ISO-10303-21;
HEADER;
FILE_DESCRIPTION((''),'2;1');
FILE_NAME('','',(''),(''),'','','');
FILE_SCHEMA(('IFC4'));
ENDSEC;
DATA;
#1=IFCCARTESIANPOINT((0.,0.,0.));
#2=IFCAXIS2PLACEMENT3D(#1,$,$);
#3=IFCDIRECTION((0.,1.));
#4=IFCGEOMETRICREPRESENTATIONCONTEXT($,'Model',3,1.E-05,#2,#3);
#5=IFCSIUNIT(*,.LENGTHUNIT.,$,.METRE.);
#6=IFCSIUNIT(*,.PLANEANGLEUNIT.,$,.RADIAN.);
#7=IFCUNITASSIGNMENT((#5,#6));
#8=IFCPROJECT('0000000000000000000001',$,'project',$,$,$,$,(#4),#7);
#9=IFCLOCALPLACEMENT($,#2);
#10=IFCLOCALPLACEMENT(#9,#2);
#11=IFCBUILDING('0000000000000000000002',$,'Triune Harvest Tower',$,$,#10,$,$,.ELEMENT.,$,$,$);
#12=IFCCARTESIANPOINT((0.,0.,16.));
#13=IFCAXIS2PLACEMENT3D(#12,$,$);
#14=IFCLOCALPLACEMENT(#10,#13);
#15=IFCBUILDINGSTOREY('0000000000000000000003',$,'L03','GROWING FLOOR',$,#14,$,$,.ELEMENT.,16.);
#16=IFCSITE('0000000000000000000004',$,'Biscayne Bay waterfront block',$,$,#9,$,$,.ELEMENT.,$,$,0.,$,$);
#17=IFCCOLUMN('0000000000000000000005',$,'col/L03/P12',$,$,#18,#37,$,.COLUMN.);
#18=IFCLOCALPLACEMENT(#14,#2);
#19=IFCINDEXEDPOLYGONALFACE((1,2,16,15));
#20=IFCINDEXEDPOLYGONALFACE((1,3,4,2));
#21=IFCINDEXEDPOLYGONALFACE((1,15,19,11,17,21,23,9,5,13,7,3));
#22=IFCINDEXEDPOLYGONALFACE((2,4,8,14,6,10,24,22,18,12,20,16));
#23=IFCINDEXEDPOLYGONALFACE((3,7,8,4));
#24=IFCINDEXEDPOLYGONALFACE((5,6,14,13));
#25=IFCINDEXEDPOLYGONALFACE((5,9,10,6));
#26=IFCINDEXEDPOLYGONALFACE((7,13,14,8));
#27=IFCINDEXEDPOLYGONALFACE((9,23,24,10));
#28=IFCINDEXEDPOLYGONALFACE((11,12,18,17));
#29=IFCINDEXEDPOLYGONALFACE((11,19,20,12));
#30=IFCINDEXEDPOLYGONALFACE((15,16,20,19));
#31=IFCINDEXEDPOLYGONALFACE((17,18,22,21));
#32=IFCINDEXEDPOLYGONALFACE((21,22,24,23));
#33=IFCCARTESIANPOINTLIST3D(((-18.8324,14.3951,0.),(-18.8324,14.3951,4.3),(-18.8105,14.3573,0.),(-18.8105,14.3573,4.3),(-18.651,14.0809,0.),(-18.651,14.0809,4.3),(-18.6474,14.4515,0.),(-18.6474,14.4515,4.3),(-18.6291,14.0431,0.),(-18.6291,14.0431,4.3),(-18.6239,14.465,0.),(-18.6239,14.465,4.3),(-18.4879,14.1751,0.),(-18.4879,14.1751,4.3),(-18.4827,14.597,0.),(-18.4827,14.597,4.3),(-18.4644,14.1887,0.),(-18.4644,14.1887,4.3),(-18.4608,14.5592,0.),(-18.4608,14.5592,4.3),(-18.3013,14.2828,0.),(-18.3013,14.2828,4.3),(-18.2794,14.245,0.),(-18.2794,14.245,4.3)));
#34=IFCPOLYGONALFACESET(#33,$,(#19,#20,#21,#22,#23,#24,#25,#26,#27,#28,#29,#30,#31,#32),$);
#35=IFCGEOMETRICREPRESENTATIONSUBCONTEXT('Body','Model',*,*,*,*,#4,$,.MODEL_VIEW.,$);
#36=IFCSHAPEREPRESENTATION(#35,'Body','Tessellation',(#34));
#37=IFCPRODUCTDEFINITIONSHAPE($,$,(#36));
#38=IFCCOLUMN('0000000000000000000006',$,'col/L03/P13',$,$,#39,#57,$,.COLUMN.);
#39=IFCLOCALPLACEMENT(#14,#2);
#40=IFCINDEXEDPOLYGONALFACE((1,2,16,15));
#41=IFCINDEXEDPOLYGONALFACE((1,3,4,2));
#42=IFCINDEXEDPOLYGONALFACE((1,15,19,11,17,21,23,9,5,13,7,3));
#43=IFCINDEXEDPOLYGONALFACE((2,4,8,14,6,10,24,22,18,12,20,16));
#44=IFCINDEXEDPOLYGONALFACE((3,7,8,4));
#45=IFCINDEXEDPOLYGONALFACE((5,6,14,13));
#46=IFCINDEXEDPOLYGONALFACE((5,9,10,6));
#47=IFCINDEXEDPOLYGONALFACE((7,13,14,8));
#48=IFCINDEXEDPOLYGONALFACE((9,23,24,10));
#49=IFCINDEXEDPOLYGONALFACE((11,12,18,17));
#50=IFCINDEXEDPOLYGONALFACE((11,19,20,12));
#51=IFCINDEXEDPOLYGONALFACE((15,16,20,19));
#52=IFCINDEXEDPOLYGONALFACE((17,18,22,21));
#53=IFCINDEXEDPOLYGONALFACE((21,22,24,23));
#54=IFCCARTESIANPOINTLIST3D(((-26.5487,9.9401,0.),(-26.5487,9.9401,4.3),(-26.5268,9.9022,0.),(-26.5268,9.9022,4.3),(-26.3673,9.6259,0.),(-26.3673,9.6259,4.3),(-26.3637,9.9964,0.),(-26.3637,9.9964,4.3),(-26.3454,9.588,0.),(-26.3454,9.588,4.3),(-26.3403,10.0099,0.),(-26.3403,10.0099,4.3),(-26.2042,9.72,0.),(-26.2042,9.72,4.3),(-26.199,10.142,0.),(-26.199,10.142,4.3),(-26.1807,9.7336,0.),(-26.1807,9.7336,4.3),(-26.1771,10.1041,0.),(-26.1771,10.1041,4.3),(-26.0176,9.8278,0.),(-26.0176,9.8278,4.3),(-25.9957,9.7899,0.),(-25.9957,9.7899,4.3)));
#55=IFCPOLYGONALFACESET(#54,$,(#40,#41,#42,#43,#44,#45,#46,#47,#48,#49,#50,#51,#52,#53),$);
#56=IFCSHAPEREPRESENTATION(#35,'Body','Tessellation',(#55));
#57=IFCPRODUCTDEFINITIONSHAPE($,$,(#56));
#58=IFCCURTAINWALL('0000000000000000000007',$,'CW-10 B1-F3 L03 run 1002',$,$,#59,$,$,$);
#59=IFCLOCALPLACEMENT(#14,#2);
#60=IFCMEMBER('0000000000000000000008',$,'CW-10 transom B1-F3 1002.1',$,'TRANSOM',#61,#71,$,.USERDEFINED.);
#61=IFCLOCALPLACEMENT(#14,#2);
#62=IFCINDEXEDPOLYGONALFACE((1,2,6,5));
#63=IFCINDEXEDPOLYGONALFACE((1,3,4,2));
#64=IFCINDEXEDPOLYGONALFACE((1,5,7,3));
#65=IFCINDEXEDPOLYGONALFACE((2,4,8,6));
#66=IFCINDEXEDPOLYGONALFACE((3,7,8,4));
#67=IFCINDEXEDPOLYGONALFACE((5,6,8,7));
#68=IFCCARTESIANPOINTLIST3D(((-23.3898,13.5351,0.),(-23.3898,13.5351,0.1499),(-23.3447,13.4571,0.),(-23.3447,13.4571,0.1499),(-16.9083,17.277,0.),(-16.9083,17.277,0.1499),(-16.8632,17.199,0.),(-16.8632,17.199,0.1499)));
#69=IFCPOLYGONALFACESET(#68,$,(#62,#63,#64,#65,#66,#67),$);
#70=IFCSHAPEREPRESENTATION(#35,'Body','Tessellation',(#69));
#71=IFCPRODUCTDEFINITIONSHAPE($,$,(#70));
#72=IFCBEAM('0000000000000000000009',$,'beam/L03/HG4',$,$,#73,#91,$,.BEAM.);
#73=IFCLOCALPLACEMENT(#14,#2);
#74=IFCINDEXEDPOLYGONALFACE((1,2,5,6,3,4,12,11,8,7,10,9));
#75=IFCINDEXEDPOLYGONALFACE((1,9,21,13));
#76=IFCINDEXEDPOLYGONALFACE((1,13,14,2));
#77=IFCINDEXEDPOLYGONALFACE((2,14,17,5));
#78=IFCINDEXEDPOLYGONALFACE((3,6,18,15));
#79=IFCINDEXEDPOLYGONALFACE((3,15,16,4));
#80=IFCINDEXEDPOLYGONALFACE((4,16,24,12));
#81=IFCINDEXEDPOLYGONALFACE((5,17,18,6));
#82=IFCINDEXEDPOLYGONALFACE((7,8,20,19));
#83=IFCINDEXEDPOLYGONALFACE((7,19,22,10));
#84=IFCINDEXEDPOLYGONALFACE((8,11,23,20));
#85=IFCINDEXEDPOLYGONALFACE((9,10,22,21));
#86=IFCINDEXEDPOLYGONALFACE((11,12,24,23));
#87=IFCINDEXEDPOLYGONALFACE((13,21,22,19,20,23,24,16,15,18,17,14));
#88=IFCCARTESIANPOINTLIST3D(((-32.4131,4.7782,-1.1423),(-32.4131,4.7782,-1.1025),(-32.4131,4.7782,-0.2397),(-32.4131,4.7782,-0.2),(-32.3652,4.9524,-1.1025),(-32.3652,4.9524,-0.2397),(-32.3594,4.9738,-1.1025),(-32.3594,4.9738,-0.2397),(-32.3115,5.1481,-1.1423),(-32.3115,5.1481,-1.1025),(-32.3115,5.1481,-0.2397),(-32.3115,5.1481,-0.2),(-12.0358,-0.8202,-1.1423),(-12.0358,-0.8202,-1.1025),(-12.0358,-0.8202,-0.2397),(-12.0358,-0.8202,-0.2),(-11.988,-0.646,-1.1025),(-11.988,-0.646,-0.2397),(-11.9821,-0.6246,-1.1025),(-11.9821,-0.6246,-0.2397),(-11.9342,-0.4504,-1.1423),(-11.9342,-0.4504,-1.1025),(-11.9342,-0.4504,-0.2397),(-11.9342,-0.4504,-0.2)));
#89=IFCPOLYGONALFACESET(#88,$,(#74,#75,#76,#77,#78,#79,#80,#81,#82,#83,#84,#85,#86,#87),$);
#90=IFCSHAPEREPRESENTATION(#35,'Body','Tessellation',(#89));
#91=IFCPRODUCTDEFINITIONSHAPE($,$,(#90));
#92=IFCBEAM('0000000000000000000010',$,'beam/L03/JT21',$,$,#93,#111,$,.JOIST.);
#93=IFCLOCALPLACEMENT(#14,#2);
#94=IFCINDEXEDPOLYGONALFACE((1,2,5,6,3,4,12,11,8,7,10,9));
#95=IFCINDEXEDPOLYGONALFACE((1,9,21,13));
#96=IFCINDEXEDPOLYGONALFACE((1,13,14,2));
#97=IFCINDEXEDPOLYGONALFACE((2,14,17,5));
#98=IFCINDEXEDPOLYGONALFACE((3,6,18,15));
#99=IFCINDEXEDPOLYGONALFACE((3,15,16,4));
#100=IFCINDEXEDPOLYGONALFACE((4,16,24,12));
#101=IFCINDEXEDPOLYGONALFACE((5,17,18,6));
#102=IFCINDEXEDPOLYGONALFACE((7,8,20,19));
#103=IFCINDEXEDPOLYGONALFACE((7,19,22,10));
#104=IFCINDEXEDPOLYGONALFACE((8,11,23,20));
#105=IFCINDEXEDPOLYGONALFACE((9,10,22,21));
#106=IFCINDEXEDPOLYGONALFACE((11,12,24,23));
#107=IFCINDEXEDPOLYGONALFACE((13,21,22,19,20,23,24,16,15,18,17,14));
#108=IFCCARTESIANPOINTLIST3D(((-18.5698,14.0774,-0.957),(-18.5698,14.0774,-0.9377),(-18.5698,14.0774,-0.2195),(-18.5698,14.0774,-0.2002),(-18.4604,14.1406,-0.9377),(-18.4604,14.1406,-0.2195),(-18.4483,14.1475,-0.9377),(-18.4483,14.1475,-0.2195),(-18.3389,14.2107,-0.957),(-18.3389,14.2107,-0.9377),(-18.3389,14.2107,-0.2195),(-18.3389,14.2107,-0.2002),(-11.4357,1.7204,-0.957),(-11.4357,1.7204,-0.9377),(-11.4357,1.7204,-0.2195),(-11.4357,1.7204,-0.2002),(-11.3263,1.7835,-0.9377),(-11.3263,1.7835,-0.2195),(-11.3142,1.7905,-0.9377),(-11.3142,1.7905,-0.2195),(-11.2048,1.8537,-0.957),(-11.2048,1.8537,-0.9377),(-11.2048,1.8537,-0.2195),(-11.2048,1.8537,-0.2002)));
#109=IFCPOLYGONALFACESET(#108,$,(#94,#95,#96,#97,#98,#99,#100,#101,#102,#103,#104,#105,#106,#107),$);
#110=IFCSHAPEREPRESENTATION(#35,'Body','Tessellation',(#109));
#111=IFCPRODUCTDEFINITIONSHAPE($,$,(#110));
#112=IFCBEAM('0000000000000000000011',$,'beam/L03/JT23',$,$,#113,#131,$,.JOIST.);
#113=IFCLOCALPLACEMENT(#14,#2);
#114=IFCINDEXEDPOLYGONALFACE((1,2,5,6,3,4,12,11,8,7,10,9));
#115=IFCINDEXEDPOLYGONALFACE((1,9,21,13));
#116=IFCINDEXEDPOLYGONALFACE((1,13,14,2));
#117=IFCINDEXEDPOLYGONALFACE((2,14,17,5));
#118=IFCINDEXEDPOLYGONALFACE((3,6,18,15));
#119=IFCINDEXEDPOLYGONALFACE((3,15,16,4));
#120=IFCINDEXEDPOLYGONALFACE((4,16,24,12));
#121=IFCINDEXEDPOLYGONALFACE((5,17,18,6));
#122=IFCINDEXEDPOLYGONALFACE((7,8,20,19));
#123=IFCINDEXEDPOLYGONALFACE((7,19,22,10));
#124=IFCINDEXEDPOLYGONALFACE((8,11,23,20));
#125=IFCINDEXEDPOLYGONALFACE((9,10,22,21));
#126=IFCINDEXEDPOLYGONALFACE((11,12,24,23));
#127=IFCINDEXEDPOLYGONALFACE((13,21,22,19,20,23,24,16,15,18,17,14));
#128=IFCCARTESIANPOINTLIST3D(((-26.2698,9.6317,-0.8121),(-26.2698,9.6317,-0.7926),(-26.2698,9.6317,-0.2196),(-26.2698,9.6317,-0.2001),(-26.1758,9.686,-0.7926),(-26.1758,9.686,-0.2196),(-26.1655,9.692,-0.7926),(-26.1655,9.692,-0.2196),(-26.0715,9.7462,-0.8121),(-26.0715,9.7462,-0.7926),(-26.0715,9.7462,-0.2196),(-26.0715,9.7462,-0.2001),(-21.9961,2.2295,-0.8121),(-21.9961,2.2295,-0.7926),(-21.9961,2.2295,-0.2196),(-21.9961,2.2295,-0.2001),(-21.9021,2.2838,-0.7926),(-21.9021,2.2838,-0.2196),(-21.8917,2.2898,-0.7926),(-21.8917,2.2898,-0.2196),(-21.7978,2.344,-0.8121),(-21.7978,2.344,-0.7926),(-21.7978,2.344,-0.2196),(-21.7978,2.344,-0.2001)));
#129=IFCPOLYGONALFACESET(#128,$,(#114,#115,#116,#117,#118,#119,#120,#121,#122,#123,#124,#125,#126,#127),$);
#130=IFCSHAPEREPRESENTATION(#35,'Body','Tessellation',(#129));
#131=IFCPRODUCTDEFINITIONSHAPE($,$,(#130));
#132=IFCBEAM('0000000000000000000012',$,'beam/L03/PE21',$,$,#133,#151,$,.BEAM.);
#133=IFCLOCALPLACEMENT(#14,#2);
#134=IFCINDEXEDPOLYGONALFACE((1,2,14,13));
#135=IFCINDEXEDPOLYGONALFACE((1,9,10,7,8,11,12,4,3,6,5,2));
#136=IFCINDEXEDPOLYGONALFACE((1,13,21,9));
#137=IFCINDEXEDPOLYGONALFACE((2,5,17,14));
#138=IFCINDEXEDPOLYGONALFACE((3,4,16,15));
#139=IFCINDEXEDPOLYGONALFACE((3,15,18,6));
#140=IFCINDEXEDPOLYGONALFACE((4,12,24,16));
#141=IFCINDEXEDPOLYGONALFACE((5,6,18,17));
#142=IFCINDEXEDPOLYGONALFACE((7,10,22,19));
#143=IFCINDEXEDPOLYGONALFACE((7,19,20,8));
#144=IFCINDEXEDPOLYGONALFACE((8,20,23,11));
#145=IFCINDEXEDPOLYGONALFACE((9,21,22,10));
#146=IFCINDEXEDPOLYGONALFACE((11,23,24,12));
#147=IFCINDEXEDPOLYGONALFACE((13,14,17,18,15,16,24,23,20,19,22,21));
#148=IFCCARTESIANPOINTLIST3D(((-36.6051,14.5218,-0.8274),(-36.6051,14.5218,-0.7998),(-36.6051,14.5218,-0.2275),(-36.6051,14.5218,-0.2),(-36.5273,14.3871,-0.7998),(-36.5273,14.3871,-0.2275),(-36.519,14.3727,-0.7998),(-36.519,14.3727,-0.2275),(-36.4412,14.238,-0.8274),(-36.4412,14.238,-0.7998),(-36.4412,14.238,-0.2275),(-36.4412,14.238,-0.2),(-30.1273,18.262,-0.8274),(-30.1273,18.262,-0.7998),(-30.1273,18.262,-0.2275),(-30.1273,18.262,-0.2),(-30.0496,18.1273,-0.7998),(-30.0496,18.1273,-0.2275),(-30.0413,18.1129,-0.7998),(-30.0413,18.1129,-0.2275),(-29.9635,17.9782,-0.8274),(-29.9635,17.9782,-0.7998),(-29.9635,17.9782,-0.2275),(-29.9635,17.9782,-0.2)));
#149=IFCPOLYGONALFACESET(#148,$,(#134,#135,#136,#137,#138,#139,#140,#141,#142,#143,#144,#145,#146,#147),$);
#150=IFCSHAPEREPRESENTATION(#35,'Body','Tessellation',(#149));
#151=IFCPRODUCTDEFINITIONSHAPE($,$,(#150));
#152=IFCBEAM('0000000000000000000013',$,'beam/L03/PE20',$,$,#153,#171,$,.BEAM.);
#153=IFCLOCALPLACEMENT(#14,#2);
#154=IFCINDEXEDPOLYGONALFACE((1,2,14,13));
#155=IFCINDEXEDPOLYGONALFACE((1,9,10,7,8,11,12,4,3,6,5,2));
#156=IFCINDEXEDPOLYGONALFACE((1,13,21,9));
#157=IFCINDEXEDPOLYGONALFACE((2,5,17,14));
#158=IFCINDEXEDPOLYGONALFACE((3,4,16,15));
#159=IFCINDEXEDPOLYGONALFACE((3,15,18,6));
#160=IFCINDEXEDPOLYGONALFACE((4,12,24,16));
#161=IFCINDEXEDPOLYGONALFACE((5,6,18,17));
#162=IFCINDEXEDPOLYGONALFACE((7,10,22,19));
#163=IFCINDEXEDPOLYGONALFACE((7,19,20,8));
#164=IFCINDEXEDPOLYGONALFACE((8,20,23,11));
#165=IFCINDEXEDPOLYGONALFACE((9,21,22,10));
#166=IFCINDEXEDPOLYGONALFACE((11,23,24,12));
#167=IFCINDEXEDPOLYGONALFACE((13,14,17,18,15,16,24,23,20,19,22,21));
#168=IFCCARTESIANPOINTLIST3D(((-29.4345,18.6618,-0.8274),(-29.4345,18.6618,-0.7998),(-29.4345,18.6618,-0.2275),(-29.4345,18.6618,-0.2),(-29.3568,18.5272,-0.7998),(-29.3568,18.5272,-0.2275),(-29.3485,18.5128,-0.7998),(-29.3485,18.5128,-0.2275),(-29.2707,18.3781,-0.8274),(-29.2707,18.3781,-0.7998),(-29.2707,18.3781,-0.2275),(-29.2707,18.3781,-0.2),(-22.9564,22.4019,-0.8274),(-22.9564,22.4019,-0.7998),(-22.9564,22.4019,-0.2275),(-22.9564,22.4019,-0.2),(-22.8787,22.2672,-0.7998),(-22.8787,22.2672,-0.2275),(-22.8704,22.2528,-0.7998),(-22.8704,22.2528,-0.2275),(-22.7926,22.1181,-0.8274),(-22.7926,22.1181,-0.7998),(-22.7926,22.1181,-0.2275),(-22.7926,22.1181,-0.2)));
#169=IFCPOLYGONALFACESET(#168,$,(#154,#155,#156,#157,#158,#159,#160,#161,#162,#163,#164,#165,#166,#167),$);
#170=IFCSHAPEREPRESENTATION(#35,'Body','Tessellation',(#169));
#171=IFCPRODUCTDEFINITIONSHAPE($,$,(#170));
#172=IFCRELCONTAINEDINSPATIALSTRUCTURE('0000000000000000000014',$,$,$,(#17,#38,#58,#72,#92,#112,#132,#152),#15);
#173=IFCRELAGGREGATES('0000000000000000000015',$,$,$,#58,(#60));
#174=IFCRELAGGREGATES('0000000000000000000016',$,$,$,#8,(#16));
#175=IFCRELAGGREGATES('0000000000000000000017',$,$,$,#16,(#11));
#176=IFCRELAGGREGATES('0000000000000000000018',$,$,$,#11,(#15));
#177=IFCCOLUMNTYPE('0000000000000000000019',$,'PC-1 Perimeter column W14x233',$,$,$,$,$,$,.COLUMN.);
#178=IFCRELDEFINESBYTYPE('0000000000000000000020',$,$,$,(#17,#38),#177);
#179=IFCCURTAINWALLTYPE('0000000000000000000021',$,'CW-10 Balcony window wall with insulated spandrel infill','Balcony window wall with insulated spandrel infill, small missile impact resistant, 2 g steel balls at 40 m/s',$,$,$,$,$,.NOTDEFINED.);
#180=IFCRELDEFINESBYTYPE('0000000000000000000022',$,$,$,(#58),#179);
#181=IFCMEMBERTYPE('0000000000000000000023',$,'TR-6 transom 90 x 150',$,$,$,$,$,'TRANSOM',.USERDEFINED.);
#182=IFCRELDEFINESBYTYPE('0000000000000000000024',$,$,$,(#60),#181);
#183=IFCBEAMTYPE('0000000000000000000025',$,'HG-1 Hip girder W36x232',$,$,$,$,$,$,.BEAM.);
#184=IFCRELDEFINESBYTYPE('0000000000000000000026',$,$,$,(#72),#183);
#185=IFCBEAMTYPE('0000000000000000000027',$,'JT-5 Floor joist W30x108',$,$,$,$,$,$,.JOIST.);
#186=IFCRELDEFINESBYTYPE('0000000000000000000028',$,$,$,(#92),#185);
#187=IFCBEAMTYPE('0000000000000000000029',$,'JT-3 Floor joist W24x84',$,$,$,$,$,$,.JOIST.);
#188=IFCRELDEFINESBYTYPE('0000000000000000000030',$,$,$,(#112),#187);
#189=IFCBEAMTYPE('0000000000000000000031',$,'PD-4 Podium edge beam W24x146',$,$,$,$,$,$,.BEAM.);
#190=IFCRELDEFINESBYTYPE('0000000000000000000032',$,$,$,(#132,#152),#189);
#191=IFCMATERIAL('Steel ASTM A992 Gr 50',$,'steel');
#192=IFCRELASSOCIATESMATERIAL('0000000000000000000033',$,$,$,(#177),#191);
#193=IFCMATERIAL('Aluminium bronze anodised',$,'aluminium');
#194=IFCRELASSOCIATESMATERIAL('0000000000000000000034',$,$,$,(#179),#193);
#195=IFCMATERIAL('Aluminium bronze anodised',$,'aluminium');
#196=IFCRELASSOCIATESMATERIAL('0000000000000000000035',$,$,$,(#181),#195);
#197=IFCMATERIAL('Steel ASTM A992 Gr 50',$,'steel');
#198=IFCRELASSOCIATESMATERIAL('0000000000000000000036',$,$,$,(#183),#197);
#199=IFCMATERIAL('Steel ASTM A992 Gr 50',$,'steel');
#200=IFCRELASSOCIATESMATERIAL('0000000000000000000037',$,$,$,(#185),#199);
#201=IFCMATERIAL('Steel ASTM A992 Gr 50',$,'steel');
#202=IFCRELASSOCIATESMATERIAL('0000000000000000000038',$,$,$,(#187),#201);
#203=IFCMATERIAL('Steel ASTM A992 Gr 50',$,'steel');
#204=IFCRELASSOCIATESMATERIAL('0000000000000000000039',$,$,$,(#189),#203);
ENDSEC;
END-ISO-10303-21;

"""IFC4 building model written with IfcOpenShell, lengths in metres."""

from ifc_helpers import new_model, si_unit, direction, frame, origin, origin_2d, place, context, subcontext, project, spatial, rectangle, i_section, extrude, source, transform, mapped, material, material_profile, profile_set, type_object, element, aggregate, save


model = new_model("IFC4")

# Units and contexts
model_context = context("Model", 3, precision=1e-05, world=origin(), true_north=direction((0.0, 1.0)))
body_context = subcontext(model_context, "Body", "Model", "MODEL_VIEW")
ifc_project = project(units=[si_unit("LENGTHUNIT", "METRE"), si_unit("PLANEANGLEUNIT", "RADIAN")], contexts=[model_context])

# Site, building, storey
site_placement = place(None, origin())
site = spatial("IfcSite", under=ifc_project, at=site_placement, Name="Biscayne Bay waterfront block", CompositionType="ELEMENT", RefElevation=0.0)
building_placement = place(site_placement, origin())
building = spatial("IfcBuilding", under=site, at=building_placement, Name="Triune Harvest Tower", CompositionType="ELEMENT")
storey_placement = place(building_placement, frame((0.0, 0.0, 16.0)))
storey = spatial("IfcBuildingStorey", under=building, at=storey_placement, Name="L03", Description="GROWING FLOOR", CompositionType="ELEMENT", Elevation=16.0)

# Columns
ifc_material_1 = material(Name="Steel ASTM A992 Gr 50", Category="steel")
ifc_material_profile_1 = material_profile(ifc_material_1, i_section(OverallWidth=0.4038, OverallDepth=0.4065, WebThickness=0.0271, FlangeThickness=0.0437, at=origin_2d()), Name="W14x233")
ifc_profile_set_1 = profile_set([ifc_material_profile_1], Name="Steel ASTM A992 Gr 50")
column_type = type_object("IfcColumnType", Name="PC-1 Perimeter column W14x233", PredefinedType="COLUMN", material=ifc_profile_set_1)
shared_shape_1 = source(origin(), body_context, "Body", "SweptSolid", [
    extrude(i_section(OverallWidth=0.4038, OverallDepth=0.4065, WebThickness=0.0271, FlangeThickness=0.0437, at=origin_2d()), origin(), (0.0, 0.0, 1.0), 4.3),
])
for number, where, z_axis, x_axis, name in (
    (1, (-18.5559, 14.3201, 0.0), (0.0, 0.0, 1.0), (-0.866025, -0.5, 0.0), "col/L03/P12"),
    (2, (-26.2722, 9.865, 0.0), (0.0, 0.0, 1.0), (-0.866025, -0.5, 0.0), "col/L03/P13"),
):
    element("IfcColumn", number, at=place(storey_placement, frame(where, z_axis=z_axis, x_axis=x_axis)), inside=storey, type_object=column_type, Name=name, PredefinedType="COLUMN", context=body_context, shape_type="MappedRepresentation", body=[
        mapped(shared_shape_1, transform((0.0, 0.0, 0.0), scale=1.0)),
    ])

# Curtain wall, member
ifc_material_2 = material(Name="Aluminium bronze anodised", Category="aluminium")
curtain_wall_type_1 = type_object("IfcCurtainWallType", Name="CW-10 Balcony window wall with insulated spandrel infill", Description="Balcony window wall with insulated spandrel infill, small missile impact resistant, 2 g steel balls at 40 m/s", PredefinedType="NOTDEFINED", material=ifc_material_2)
curtain_wall_1_placement = place(storey_placement, origin())
curtain_wall_1 = element("IfcCurtainWall", 3, at=curtain_wall_1_placement, inside=storey, type_object=curtain_wall_type_1, Name="CW-10 B1-F3 L03 run 1002")
ifc_material_3 = material(Name="Aluminium bronze anodised", Category="aluminium")
ifc_material_profile_2 = material_profile(ifc_material_3, rectangle(XDim=0.0901, YDim=0.1499, at=origin_2d()), Name="TR-6 transom 90 x 150")
ifc_profile_set_2 = profile_set([ifc_material_profile_2], Name="Aluminium bronze anodised")
member_type_1 = type_object("IfcMemberType", Name="TR-6 transom 90 x 150", ElementType="TRANSOM", PredefinedType="USERDEFINED", material=ifc_profile_set_2)
member_1_placement = place(storey_placement, frame((-16.8857, 17.238, 0.075), z_axis=(-0.866032, -0.499988, 0.0), x_axis=(0.499988, -0.866032, 0.0)))
member_1 = element("IfcMember", 4, at=member_1_placement, type_object=member_type_1, Name="CW-10 transom B1-F3 1002.1", ObjectType="TRANSOM", PredefinedType="USERDEFINED", context=body_context, shape_type="SweptSolid", body=[
    extrude(rectangle(XDim=0.0901, YDim=0.1499, at=origin_2d()), origin(), (0.0, 0.0, 1.0), 7.4841),
])

# Beams
ifc_material_4 = material(Name="Steel ASTM A992 Gr 50", Category="steel")
ifc_material_profile_3 = material_profile(ifc_material_4, i_section(OverallWidth=0.3835, OverallDepth=0.9424, WebThickness=0.0222, FlangeThickness=0.0398, at=origin_2d()), Name="W36x232")
ifc_profile_set_3 = profile_set([ifc_material_profile_3], Name="Steel ASTM A992 Gr 50")
beam_type_1 = type_object("IfcBeamType", Name="HG-1 Hip girder W36x232", PredefinedType="BEAM", material=ifc_profile_set_3)
shared_shape_2 = source(origin(), body_context, "Body", "SweptSolid", [
    extrude(i_section(OverallWidth=0.3835, OverallDepth=0.9424, WebThickness=0.0222, FlangeThickness=0.0398, at=origin_2d()), origin(), (0.0, 0.0, 1.0), 21.1323),
])
beam_1_placement = place(storey_placement, frame((-32.3623, 4.9631, -0.6711), z_axis=(0.96427, -0.264922, 0.0), x_axis=(0.264922, 0.96427, 0.0)))
element("IfcBeam", 5, at=beam_1_placement, inside=storey, type_object=beam_type_1, Name="beam/L03/HG4", PredefinedType="BEAM", context=body_context, shape_type="MappedRepresentation", body=[
    mapped(shared_shape_2, transform((0.0, 0.0, 0.0), scale=1.0)),
])
ifc_material_5 = material(Name="Steel ASTM A992 Gr 50", Category="steel")
ifc_material_profile_4 = material_profile(ifc_material_5, i_section(OverallWidth=0.2666, OverallDepth=0.7568, WebThickness=0.0139, FlangeThickness=0.0193, at=origin_2d()), Name="W30x108")
ifc_profile_set_4 = profile_set([ifc_material_profile_4], Name="Steel ASTM A992 Gr 50")
beam_type_2 = type_object("IfcBeamType", Name="JT-5 Floor joist W30x108", PredefinedType="JOIST", material=ifc_profile_set_4)
shared_shape_3 = source(origin(), body_context, "Body", "SweptSolid", [
    extrude(i_section(OverallWidth=0.2666, OverallDepth=0.7568, WebThickness=0.0139, FlangeThickness=0.0193, at=origin_2d()), origin(), (0.0, 0.0, 1.0), 14.2686),
])
beam_2_placement = place(storey_placement, frame((-18.4543, 14.144, -0.5786), z_axis=(0.499987, -0.866033, 0.0), x_axis=(0.866033, 0.499987, 0.0)))
element("IfcBeam", 6, at=beam_2_placement, inside=storey, type_object=beam_type_2, Name="beam/L03/JT21", PredefinedType="JOIST", context=body_context, shape_type="MappedRepresentation", body=[
    mapped(shared_shape_3, transform((0.0, 0.0, 0.0), scale=1.0)),
])
ifc_material_6 = material(Name="Steel ASTM A992 Gr 50", Category="steel")
ifc_material_profile_5 = material_profile(ifc_material_6, i_section(OverallWidth=0.229, OverallDepth=0.6121, WebThickness=0.012, FlangeThickness=0.0195, at=origin_2d()), Name="W24x84")
ifc_profile_set_5 = profile_set([ifc_material_profile_5], Name="Steel ASTM A992 Gr 50")
beam_type_3 = type_object("IfcBeamType", Name="JT-3 Floor joist W24x84", PredefinedType="JOIST", material=ifc_profile_set_5)
shared_shape_4 = source(origin(), body_context, "Body", "SweptSolid", [
    extrude(i_section(OverallWidth=0.229, OverallDepth=0.6121, WebThickness=0.012, FlangeThickness=0.0195, at=origin_2d()), origin(), (0.0, 0.0, 1.0), 8.5474),
])
beam_3_placement = place(storey_placement, frame((-26.1707, 9.689, -0.5061), z_axis=(0.500007, -0.866021, 0.0), x_axis=(0.866021, 0.500007, 0.0)))
element("IfcBeam", 7, at=beam_3_placement, inside=storey, type_object=beam_type_3, Name="beam/L03/JT23", PredefinedType="JOIST", context=body_context, shape_type="MappedRepresentation", body=[
    mapped(shared_shape_4, transform((0.0, 0.0, 0.0), scale=1.0)),
])
ifc_material_7 = material(Name="Steel ASTM A992 Gr 50", Category="steel")
ifc_material_profile_6 = material_profile(ifc_material_7, i_section(OverallWidth=0.3276, OverallDepth=0.6274, WebThickness=0.0166, FlangeThickness=0.0276, at=origin_2d()), Name="W24x146")
ifc_profile_set_6 = profile_set([ifc_material_profile_6], Name="Steel ASTM A992 Gr 50")
beam_type_4 = type_object("IfcBeamType", Name="PD-4 Podium edge beam W24x146", PredefinedType="BEAM", material=ifc_profile_set_6)
shared_shape_5 = source(origin(), body_context, "Body", "SweptSolid", [
    extrude(i_section(OverallWidth=0.3276, OverallDepth=0.6274, WebThickness=0.0166, FlangeThickness=0.0276, at=origin_2d()), origin(), (0.0, 0.0, 1.0), 7.48),
])
beam_4_placement = place(storey_placement, frame((-30.0454, 18.1201, -0.5137), z_axis=(-0.866009, -0.500029, 0.0), x_axis=(0.500029, -0.866009, 0.0)))
element("IfcBeam", 8, at=beam_4_placement, inside=storey, type_object=beam_type_4, Name="beam/L03/PE21", PredefinedType="BEAM", context=body_context, shape_type="MappedRepresentation", body=[
    mapped(shared_shape_5, transform((0.0, 0.0, 0.0), scale=1.0)),
])
shared_shape_6 = source(origin(), body_context, "Body", "SweptSolid", [
    extrude(i_section(OverallWidth=0.3276, OverallDepth=0.6274, WebThickness=0.0166, FlangeThickness=0.0276, at=origin_2d()), origin(), (0.0, 0.0, 1.0), 7.4802),
])
beam_5_placement = place(storey_placement, frame((-22.8745, 22.26, -0.5137), z_axis=(-0.866031, -0.49999, 0.0), x_axis=(0.49999, -0.866031, 0.0)))
element("IfcBeam", 9, at=beam_5_placement, inside=storey, type_object=beam_type_4, Name="beam/L03/PE20", PredefinedType="BEAM", context=body_context, shape_type="MappedRepresentation", body=[
    mapped(shared_shape_6, transform((0.0, 0.0, 0.0), scale=1.0)),
])

aggregate(curtain_wall_1, [member_1])

save(model, "model.ifc")
